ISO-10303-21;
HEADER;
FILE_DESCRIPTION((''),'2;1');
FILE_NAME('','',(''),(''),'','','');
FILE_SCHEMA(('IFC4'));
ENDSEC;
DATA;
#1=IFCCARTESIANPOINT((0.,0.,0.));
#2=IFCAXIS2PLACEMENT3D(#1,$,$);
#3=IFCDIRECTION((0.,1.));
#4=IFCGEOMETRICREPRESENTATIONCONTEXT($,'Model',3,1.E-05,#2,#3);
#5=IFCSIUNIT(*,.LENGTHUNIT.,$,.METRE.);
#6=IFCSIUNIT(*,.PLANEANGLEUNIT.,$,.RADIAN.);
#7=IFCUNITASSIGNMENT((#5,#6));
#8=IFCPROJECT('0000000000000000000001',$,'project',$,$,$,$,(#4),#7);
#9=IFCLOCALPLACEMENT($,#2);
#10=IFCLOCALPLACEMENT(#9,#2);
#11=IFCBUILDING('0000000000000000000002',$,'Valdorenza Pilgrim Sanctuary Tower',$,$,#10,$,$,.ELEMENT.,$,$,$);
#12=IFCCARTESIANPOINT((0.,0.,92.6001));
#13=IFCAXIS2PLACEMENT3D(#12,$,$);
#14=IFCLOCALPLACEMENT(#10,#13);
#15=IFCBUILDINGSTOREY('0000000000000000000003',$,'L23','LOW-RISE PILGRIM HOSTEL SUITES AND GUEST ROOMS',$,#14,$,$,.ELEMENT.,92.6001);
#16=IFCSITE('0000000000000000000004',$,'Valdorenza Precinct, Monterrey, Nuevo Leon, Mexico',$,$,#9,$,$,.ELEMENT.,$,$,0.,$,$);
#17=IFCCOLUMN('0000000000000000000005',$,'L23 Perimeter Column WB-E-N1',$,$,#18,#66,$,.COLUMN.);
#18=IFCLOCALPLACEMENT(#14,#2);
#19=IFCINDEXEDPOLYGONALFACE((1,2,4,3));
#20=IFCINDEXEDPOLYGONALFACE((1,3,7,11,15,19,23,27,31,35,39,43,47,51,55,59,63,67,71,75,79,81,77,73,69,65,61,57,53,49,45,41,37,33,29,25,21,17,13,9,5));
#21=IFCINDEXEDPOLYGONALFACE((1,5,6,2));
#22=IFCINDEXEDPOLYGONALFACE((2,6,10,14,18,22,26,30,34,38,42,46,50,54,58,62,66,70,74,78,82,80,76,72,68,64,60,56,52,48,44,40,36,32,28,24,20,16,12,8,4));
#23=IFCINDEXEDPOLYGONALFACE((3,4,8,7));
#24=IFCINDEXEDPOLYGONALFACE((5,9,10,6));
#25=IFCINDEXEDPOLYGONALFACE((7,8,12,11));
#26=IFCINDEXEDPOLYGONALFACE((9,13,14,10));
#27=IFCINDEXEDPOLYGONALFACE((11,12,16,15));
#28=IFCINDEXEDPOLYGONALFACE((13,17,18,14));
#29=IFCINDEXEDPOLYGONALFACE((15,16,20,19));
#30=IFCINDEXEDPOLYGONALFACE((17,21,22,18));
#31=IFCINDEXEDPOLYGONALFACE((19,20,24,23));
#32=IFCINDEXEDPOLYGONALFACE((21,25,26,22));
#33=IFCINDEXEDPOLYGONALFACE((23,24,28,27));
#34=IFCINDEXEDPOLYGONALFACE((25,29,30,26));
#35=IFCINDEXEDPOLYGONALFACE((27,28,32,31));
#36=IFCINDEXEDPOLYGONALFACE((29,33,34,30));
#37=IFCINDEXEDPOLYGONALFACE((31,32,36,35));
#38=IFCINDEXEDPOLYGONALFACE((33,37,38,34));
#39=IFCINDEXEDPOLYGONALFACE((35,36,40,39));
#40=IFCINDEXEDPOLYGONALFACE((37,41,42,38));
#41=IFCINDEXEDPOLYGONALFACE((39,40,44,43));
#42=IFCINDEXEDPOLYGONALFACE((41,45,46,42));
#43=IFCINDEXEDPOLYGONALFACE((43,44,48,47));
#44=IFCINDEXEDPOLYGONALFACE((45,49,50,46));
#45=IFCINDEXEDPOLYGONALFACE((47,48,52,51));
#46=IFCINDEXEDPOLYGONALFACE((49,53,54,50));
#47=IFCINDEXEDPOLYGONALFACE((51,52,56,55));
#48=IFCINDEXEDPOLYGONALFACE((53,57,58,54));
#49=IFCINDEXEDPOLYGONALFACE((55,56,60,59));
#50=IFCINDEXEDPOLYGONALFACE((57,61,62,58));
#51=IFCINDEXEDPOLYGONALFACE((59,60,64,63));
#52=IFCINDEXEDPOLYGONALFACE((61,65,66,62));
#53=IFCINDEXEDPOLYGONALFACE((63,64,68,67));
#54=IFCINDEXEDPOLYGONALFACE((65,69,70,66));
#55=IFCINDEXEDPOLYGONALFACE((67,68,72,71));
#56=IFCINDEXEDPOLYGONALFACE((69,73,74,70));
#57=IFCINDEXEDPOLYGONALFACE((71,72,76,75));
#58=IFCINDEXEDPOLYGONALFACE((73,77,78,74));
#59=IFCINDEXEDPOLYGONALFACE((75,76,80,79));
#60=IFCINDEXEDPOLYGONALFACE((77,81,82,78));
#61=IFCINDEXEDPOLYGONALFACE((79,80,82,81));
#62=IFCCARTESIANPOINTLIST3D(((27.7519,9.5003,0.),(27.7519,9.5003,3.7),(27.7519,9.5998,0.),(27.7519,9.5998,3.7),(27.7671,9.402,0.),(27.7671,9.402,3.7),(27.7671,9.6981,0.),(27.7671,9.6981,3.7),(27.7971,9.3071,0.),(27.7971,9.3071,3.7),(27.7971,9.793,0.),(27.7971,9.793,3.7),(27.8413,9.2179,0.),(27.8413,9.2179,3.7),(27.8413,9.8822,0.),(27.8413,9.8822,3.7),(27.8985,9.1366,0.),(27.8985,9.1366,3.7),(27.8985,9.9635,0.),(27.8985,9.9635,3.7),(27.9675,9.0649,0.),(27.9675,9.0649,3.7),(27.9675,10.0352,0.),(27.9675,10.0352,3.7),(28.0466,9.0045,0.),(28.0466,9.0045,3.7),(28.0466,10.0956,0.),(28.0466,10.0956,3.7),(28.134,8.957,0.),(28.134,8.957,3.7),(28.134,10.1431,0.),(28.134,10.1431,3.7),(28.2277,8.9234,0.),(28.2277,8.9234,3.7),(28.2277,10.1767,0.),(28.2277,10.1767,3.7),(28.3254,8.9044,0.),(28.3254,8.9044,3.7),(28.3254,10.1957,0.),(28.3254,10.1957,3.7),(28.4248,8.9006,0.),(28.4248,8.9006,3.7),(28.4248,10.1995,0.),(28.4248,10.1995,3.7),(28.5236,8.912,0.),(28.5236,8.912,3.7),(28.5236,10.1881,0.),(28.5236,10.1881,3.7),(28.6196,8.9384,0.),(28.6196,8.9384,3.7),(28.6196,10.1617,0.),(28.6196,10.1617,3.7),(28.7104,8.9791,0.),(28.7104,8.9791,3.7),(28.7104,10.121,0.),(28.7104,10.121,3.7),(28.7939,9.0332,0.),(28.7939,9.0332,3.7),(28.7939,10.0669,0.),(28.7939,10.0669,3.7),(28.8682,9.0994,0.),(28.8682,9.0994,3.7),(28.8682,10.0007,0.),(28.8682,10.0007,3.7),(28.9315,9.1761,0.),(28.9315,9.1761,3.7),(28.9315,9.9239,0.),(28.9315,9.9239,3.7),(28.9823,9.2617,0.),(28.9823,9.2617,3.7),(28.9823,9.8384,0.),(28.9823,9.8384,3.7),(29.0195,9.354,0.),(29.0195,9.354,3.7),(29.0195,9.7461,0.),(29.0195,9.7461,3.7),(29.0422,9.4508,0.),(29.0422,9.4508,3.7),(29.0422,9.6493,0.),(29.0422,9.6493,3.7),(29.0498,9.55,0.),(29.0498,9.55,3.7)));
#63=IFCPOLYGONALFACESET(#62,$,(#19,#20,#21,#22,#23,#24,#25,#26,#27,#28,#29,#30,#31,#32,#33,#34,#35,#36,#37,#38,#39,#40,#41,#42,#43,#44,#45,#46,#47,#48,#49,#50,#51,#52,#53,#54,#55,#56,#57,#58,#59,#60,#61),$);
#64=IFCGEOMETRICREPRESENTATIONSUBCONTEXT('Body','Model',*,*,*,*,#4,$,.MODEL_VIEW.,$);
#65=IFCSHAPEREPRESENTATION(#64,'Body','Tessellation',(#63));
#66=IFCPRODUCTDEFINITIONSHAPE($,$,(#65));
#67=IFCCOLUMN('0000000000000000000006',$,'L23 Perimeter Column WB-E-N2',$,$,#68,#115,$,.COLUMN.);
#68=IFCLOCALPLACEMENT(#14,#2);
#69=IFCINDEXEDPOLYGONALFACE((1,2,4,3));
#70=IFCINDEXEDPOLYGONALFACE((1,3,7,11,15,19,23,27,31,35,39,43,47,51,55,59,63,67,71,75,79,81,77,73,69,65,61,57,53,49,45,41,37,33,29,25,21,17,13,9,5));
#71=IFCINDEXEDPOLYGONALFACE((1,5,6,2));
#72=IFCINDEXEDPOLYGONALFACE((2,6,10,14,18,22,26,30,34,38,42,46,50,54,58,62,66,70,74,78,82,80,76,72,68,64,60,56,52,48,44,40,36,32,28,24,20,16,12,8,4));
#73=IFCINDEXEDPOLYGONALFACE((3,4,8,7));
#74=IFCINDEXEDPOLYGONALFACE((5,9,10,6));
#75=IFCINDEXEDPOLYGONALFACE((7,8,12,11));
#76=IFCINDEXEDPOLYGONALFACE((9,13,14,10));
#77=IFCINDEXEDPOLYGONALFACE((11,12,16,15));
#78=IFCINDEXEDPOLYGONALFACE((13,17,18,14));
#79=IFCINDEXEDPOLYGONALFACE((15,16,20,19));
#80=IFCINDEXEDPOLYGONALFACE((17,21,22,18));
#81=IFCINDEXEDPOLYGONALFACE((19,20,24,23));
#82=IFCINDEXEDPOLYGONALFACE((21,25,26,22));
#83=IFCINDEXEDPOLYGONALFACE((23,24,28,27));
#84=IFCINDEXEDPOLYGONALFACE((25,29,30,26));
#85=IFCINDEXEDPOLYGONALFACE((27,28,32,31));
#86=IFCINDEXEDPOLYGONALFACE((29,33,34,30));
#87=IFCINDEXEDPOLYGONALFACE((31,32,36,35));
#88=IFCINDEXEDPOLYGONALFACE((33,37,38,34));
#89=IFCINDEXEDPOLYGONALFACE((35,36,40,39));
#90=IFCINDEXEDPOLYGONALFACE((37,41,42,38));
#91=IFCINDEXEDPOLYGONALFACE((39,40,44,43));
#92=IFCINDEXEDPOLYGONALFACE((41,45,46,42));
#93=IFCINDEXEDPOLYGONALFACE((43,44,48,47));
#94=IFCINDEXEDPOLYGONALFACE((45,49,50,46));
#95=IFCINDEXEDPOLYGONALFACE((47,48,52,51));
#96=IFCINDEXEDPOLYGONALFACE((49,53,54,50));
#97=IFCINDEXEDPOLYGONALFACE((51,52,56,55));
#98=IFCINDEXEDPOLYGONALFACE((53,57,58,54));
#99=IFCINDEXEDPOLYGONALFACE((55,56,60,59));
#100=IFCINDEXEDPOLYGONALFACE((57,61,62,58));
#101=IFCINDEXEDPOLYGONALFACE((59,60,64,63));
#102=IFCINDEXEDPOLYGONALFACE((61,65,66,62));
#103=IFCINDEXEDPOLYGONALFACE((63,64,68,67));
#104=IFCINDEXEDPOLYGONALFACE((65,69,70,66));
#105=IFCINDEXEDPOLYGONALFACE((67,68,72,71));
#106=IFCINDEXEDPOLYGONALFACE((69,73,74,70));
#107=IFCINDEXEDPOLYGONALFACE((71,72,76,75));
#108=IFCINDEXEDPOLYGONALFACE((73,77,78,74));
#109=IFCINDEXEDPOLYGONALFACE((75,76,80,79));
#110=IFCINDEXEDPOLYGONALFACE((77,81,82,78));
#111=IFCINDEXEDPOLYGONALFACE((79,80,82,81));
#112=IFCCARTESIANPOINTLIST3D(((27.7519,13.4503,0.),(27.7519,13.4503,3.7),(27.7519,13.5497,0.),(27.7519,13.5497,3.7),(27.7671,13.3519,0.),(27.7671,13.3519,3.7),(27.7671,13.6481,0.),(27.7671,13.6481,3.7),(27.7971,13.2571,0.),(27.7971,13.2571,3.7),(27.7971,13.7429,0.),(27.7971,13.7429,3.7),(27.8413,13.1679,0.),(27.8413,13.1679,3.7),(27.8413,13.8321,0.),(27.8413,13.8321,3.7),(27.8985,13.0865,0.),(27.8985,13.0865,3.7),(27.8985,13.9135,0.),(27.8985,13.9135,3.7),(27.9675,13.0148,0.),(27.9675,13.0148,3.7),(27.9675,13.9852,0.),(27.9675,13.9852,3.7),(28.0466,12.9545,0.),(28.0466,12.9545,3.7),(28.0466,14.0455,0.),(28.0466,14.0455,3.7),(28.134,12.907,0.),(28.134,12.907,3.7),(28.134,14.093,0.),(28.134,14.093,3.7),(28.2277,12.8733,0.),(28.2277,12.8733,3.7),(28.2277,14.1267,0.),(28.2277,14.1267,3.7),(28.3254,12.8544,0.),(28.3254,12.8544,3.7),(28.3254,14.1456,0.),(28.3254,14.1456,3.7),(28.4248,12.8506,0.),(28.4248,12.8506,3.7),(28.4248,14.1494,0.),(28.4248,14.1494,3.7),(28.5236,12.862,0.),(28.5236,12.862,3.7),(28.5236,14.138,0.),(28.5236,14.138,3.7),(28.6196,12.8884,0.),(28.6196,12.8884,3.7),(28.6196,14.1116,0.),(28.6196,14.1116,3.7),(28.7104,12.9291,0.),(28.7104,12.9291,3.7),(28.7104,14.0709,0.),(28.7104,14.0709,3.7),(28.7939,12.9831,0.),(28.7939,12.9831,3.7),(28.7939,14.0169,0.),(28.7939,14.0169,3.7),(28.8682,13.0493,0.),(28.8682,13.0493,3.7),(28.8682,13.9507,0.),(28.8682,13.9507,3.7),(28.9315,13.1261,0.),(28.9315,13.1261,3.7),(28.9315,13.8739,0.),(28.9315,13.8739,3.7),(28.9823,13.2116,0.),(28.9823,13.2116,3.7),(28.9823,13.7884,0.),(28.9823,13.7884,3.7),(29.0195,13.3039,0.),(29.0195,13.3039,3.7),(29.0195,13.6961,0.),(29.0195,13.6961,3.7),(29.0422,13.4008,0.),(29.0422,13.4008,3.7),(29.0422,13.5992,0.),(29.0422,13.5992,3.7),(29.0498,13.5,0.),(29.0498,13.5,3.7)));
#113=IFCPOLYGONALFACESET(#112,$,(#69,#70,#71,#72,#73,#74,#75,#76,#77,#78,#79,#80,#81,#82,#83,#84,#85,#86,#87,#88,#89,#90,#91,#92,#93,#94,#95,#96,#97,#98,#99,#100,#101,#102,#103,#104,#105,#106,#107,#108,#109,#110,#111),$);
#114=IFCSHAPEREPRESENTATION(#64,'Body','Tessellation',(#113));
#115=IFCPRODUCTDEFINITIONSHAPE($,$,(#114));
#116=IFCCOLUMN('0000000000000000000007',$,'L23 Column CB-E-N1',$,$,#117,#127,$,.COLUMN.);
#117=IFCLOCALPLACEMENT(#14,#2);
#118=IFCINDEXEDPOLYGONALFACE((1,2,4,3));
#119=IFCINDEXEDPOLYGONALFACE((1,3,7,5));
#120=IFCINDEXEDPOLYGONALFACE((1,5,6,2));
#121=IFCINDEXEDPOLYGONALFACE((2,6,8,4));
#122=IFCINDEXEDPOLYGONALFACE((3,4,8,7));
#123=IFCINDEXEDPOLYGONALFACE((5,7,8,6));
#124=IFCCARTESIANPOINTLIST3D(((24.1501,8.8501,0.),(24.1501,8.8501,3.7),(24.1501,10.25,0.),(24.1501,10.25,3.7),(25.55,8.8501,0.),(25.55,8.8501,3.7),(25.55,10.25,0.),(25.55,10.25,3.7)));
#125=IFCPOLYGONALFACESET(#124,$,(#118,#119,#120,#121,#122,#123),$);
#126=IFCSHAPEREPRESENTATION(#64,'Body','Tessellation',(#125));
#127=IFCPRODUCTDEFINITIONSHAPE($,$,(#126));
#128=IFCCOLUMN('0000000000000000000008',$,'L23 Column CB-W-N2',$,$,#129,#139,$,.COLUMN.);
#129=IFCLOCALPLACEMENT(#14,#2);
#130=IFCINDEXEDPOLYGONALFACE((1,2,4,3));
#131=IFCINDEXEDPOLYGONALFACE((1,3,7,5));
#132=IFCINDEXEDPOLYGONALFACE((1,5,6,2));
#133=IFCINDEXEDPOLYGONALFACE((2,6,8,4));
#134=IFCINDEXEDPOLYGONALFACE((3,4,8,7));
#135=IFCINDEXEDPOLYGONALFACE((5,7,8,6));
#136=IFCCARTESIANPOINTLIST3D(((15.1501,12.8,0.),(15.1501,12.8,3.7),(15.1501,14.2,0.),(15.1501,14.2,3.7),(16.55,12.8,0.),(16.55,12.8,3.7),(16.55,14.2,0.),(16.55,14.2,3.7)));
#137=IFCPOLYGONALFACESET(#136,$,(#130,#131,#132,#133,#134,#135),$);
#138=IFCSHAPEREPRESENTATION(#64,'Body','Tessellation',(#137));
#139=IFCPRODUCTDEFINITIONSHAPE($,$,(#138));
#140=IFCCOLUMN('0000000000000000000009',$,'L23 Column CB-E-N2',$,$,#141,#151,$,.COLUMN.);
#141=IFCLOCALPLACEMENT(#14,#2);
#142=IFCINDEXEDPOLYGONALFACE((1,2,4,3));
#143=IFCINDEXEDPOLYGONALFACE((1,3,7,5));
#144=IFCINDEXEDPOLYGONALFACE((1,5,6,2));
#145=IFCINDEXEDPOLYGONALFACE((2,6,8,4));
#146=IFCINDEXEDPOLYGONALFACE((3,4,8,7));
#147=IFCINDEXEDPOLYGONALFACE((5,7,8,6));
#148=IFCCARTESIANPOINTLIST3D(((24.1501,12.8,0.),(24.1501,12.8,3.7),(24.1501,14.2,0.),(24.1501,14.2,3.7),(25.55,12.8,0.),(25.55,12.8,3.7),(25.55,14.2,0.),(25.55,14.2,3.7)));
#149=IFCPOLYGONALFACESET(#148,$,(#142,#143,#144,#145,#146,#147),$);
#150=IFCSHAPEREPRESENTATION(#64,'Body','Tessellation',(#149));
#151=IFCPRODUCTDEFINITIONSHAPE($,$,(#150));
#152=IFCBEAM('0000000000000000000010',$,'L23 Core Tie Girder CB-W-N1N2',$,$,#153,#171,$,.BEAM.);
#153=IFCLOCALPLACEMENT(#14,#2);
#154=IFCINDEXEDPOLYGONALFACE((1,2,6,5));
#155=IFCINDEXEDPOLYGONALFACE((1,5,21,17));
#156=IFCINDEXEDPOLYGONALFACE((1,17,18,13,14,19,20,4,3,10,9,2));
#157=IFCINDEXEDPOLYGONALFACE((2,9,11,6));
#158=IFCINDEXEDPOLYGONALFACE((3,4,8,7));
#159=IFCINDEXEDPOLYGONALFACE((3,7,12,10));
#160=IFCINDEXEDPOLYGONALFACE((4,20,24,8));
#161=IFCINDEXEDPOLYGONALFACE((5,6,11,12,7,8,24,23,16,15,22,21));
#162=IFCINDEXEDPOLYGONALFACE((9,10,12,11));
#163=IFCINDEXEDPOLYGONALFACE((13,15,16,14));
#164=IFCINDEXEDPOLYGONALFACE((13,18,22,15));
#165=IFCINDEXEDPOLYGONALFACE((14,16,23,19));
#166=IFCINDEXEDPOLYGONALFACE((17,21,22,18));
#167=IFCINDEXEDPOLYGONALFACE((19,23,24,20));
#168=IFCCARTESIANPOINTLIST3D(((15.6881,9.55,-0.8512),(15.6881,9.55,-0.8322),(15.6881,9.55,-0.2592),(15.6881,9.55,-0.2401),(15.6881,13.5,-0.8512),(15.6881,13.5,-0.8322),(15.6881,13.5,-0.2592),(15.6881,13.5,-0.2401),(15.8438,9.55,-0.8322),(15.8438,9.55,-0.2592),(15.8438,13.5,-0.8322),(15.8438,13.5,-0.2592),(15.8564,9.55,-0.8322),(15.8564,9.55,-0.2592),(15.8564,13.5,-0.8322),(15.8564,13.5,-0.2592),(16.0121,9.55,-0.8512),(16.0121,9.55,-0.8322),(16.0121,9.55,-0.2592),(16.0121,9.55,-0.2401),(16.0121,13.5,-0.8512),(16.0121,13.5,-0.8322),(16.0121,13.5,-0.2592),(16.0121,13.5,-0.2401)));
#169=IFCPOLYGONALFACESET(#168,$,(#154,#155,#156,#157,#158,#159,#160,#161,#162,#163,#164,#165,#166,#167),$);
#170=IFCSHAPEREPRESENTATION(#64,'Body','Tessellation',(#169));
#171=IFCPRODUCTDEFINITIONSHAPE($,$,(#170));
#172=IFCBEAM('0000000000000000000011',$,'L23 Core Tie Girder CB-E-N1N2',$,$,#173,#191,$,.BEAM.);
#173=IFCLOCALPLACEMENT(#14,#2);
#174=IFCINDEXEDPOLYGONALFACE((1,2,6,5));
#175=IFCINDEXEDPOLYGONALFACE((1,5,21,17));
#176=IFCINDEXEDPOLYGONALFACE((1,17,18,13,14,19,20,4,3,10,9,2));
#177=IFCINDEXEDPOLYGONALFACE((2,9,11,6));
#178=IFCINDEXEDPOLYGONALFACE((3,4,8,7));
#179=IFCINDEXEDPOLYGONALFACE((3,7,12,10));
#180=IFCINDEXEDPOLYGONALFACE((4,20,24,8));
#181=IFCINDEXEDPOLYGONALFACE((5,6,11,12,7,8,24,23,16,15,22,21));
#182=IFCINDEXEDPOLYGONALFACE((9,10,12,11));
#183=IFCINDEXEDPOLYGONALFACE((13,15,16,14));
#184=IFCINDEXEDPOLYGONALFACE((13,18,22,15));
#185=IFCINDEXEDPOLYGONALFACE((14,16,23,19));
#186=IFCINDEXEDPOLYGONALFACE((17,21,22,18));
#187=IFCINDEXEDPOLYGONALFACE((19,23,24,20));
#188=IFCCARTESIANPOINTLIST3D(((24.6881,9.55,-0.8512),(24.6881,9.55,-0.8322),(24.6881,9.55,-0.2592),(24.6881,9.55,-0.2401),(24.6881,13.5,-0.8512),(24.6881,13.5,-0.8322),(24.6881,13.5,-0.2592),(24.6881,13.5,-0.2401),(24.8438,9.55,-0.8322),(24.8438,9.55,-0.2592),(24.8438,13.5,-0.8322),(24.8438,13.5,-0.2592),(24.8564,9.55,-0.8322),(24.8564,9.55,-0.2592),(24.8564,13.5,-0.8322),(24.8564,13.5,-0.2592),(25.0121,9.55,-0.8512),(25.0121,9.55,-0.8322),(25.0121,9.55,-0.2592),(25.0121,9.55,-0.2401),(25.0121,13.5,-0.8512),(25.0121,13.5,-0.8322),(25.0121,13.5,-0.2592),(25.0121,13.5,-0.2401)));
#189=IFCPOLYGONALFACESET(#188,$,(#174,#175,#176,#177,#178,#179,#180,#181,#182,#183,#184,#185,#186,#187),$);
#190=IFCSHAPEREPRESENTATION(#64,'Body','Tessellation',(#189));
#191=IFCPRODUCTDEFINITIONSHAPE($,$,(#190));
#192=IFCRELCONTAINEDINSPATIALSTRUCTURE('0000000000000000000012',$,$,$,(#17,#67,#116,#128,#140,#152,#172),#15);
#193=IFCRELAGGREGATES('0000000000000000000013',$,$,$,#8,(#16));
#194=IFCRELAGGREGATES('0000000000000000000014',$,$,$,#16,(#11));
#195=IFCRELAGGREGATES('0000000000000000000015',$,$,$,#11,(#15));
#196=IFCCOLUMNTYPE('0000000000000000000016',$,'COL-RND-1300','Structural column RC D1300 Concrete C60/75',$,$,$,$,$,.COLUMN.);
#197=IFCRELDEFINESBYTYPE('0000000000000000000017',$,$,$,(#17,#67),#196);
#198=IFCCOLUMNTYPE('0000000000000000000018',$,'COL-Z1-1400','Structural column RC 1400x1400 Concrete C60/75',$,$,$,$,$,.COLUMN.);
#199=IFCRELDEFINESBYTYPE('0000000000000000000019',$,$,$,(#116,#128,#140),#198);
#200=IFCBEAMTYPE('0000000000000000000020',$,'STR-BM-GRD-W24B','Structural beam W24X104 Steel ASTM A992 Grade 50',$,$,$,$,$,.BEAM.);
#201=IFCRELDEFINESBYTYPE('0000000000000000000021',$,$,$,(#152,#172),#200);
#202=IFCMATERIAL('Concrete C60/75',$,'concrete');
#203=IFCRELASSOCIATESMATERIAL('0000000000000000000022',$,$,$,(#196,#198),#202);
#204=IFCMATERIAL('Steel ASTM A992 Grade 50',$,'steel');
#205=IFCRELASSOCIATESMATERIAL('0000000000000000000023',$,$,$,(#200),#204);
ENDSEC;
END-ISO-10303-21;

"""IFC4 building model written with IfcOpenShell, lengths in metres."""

from ifc_helpers import new_model, si_unit, direction, frame, origin, origin_2d, place, context, subcontext, project, spatial, rectangle, circle, i_section, extrude, source, transform, mapped, material, material_profile, profile_set, type_object, element, save


model = new_model("IFC4")

# Units and contexts
model_context = context("Model", 3, precision=1e-05, world=origin(), true_north=direction((0.0, 1.0)))
body_context = subcontext(model_context, "Body", "Model", "MODEL_VIEW")
ifc_project = project(units=[si_unit("LENGTHUNIT", "METRE"), si_unit("PLANEANGLEUNIT", "RADIAN")], contexts=[model_context])

# Site, building, storey
site_placement = place(None, origin())
site = spatial("IfcSite", under=ifc_project, at=site_placement, Name="Valdorenza Precinct, Monterrey, Nuevo Leon, Mexico", CompositionType="ELEMENT", RefElevation=0.0)
building_placement = place(site_placement, origin())
building = spatial("IfcBuilding", under=site, at=building_placement, Name="Valdorenza Pilgrim Sanctuary Tower", CompositionType="ELEMENT")
storey_placement = place(building_placement, frame((0.0, 0.0, 92.6001)))
storey = spatial("IfcBuildingStorey", under=building, at=storey_placement, Name="L23", Description="LOW-RISE PILGRIM HOSTEL SUITES AND GUEST ROOMS", CompositionType="ELEMENT", Elevation=92.6001)

# Columns
ifc_material_1 = material(Name="Concrete C60/75", Category="concrete")
ifc_material_profile_1 = material_profile(ifc_material_1, circle(Radius=0.6499, at=origin_2d()), Name="RC D1300")
ifc_profile_set_1 = profile_set([ifc_material_profile_1], Name="Concrete C60/75")
column_type_1 = type_object("IfcColumnType", Name="COL-RND-1300", Description="Structural column RC D1300 Concrete C60/75", PredefinedType="COLUMN", material=ifc_profile_set_1)
shared_shape_1 = source(origin(), body_context, "Body", "SweptSolid", [
    extrude(circle(Radius=0.6499, at=origin_2d()), origin(), (0.0, 0.0, 1.0), 3.7),
])
for number, where, z_axis, x_axis, name in (
    (1, (28.3999, 9.55, 0.0), (0.0, 0.0, 1.0), (1.0, 0.0, 0.0), "L23 Perimeter Column WB-E-N1"),
    (2, (28.3999, 13.5, 0.0), (0.0, 0.0, 1.0), (1.0, 0.0, 0.0), "L23 Perimeter Column WB-E-N2"),
):
    element("IfcColumn", number, at=place(storey_placement, frame(where, z_axis=z_axis, x_axis=x_axis)), inside=storey, type_object=column_type_1, Name=name, PredefinedType="COLUMN", context=body_context, shape_type="MappedRepresentation", body=[
        mapped(shared_shape_1, transform((0.0, 0.0, 0.0), x_axis=(1.0, 0.0, 0.0), y_axis=(0.0, 1.0, 0.0), z_axis=(0.0, 0.0, 1.0), scale=1.0)),
    ])
ifc_material_profile_2 = material_profile(ifc_material_1, rectangle(XDim=1.3999, YDim=1.3999, at=origin_2d()), Name="RC 1400x1400")
ifc_profile_set_2 = profile_set([ifc_material_profile_2], Name="Concrete C60/75")
column_type_2 = type_object("IfcColumnType", Name="COL-Z1-1400", Description="Structural column RC 1400x1400 Concrete C60/75", PredefinedType="COLUMN", material=ifc_profile_set_2)
shared_shape_2 = source(origin(), body_context, "Body", "SweptSolid", [
    extrude(rectangle(XDim=1.3999, YDim=1.3999, at=origin_2d()), origin(), (0.0, 0.0, 1.0), 3.7),
])
for number, where, z_axis, x_axis, name in (
    (3, (24.8501, 9.55, 0.0), (0.0, 0.0, 1.0), (1.0, 0.0, 0.0), "L23 Column CB-E-N1"),
    (4, (15.8501, 13.5, 0.0), (0.0, 0.0, 1.0), (1.0, 0.0, 0.0), "L23 Column CB-W-N2"),
    (5, (24.8501, 13.5, 0.0), (0.0, 0.0, 1.0), (1.0, 0.0, 0.0), "L23 Column CB-E-N2"),
):
    element("IfcColumn", number, at=place(storey_placement, frame(where, z_axis=z_axis, x_axis=x_axis)), inside=storey, type_object=column_type_2, Name=name, PredefinedType="COLUMN", context=body_context, shape_type="MappedRepresentation", body=[
        mapped(shared_shape_2, transform((0.0, 0.0, 0.0), x_axis=(1.0, 0.0, 0.0), y_axis=(0.0, 1.0, 0.0), z_axis=(0.0, 0.0, 1.0), scale=1.0)),
    ])

# Beams
ifc_material_2 = material(Name="Steel ASTM A992 Grade 50", Category="steel")
ifc_material_profile_3 = material_profile(ifc_material_2, i_section(OverallWidth=0.324, OverallDepth=0.6111, WebThickness=0.0127, FlangeThickness=0.019, at=origin_2d()), Name="W24X104")
ifc_profile_set_3 = profile_set([ifc_material_profile_3], Name="Steel ASTM A992 Grade 50")
beam_type_1 = type_object("IfcBeamType", Name="STR-BM-GRD-W24B", Description="Structural beam W24X104 Steel ASTM A992 Grade 50", PredefinedType="BEAM", material=ifc_profile_set_3)
shared_shape_3 = source(origin(), body_context, "Body", "SweptSolid", [
    extrude(i_section(OverallWidth=0.324, OverallDepth=0.6111, WebThickness=0.0127, FlangeThickness=0.019, at=origin_2d()), origin(), (0.0, 0.0, 1.0), 3.95),
])
for number, where, z_axis, x_axis, name in (
    (6, (15.8501, 9.55, -0.5457), (0.0, 1.0, 0.0), (-1.0, 0.0, 0.0), "L23 Core Tie Girder CB-W-N1N2"),
    (7, (24.8501, 9.55, -0.5457), (0.0, 1.0, 0.0), (-1.0, 0.0, 0.0), "L23 Core Tie Girder CB-E-N1N2"),
):
    element("IfcBeam", number, at=place(storey_placement, frame(where, z_axis=z_axis, x_axis=x_axis)), inside=storey, type_object=beam_type_1, Name=name, PredefinedType="BEAM", context=body_context, shape_type="MappedRepresentation", body=[
        mapped(shared_shape_3, transform((0.0, 0.0, 0.0), x_axis=(1.0, 0.0, 0.0), y_axis=(0.0, 1.0, 0.0), z_axis=(0.0, 0.0, 1.0), scale=1.0)),
    ])

save(model, "model.ifc")
